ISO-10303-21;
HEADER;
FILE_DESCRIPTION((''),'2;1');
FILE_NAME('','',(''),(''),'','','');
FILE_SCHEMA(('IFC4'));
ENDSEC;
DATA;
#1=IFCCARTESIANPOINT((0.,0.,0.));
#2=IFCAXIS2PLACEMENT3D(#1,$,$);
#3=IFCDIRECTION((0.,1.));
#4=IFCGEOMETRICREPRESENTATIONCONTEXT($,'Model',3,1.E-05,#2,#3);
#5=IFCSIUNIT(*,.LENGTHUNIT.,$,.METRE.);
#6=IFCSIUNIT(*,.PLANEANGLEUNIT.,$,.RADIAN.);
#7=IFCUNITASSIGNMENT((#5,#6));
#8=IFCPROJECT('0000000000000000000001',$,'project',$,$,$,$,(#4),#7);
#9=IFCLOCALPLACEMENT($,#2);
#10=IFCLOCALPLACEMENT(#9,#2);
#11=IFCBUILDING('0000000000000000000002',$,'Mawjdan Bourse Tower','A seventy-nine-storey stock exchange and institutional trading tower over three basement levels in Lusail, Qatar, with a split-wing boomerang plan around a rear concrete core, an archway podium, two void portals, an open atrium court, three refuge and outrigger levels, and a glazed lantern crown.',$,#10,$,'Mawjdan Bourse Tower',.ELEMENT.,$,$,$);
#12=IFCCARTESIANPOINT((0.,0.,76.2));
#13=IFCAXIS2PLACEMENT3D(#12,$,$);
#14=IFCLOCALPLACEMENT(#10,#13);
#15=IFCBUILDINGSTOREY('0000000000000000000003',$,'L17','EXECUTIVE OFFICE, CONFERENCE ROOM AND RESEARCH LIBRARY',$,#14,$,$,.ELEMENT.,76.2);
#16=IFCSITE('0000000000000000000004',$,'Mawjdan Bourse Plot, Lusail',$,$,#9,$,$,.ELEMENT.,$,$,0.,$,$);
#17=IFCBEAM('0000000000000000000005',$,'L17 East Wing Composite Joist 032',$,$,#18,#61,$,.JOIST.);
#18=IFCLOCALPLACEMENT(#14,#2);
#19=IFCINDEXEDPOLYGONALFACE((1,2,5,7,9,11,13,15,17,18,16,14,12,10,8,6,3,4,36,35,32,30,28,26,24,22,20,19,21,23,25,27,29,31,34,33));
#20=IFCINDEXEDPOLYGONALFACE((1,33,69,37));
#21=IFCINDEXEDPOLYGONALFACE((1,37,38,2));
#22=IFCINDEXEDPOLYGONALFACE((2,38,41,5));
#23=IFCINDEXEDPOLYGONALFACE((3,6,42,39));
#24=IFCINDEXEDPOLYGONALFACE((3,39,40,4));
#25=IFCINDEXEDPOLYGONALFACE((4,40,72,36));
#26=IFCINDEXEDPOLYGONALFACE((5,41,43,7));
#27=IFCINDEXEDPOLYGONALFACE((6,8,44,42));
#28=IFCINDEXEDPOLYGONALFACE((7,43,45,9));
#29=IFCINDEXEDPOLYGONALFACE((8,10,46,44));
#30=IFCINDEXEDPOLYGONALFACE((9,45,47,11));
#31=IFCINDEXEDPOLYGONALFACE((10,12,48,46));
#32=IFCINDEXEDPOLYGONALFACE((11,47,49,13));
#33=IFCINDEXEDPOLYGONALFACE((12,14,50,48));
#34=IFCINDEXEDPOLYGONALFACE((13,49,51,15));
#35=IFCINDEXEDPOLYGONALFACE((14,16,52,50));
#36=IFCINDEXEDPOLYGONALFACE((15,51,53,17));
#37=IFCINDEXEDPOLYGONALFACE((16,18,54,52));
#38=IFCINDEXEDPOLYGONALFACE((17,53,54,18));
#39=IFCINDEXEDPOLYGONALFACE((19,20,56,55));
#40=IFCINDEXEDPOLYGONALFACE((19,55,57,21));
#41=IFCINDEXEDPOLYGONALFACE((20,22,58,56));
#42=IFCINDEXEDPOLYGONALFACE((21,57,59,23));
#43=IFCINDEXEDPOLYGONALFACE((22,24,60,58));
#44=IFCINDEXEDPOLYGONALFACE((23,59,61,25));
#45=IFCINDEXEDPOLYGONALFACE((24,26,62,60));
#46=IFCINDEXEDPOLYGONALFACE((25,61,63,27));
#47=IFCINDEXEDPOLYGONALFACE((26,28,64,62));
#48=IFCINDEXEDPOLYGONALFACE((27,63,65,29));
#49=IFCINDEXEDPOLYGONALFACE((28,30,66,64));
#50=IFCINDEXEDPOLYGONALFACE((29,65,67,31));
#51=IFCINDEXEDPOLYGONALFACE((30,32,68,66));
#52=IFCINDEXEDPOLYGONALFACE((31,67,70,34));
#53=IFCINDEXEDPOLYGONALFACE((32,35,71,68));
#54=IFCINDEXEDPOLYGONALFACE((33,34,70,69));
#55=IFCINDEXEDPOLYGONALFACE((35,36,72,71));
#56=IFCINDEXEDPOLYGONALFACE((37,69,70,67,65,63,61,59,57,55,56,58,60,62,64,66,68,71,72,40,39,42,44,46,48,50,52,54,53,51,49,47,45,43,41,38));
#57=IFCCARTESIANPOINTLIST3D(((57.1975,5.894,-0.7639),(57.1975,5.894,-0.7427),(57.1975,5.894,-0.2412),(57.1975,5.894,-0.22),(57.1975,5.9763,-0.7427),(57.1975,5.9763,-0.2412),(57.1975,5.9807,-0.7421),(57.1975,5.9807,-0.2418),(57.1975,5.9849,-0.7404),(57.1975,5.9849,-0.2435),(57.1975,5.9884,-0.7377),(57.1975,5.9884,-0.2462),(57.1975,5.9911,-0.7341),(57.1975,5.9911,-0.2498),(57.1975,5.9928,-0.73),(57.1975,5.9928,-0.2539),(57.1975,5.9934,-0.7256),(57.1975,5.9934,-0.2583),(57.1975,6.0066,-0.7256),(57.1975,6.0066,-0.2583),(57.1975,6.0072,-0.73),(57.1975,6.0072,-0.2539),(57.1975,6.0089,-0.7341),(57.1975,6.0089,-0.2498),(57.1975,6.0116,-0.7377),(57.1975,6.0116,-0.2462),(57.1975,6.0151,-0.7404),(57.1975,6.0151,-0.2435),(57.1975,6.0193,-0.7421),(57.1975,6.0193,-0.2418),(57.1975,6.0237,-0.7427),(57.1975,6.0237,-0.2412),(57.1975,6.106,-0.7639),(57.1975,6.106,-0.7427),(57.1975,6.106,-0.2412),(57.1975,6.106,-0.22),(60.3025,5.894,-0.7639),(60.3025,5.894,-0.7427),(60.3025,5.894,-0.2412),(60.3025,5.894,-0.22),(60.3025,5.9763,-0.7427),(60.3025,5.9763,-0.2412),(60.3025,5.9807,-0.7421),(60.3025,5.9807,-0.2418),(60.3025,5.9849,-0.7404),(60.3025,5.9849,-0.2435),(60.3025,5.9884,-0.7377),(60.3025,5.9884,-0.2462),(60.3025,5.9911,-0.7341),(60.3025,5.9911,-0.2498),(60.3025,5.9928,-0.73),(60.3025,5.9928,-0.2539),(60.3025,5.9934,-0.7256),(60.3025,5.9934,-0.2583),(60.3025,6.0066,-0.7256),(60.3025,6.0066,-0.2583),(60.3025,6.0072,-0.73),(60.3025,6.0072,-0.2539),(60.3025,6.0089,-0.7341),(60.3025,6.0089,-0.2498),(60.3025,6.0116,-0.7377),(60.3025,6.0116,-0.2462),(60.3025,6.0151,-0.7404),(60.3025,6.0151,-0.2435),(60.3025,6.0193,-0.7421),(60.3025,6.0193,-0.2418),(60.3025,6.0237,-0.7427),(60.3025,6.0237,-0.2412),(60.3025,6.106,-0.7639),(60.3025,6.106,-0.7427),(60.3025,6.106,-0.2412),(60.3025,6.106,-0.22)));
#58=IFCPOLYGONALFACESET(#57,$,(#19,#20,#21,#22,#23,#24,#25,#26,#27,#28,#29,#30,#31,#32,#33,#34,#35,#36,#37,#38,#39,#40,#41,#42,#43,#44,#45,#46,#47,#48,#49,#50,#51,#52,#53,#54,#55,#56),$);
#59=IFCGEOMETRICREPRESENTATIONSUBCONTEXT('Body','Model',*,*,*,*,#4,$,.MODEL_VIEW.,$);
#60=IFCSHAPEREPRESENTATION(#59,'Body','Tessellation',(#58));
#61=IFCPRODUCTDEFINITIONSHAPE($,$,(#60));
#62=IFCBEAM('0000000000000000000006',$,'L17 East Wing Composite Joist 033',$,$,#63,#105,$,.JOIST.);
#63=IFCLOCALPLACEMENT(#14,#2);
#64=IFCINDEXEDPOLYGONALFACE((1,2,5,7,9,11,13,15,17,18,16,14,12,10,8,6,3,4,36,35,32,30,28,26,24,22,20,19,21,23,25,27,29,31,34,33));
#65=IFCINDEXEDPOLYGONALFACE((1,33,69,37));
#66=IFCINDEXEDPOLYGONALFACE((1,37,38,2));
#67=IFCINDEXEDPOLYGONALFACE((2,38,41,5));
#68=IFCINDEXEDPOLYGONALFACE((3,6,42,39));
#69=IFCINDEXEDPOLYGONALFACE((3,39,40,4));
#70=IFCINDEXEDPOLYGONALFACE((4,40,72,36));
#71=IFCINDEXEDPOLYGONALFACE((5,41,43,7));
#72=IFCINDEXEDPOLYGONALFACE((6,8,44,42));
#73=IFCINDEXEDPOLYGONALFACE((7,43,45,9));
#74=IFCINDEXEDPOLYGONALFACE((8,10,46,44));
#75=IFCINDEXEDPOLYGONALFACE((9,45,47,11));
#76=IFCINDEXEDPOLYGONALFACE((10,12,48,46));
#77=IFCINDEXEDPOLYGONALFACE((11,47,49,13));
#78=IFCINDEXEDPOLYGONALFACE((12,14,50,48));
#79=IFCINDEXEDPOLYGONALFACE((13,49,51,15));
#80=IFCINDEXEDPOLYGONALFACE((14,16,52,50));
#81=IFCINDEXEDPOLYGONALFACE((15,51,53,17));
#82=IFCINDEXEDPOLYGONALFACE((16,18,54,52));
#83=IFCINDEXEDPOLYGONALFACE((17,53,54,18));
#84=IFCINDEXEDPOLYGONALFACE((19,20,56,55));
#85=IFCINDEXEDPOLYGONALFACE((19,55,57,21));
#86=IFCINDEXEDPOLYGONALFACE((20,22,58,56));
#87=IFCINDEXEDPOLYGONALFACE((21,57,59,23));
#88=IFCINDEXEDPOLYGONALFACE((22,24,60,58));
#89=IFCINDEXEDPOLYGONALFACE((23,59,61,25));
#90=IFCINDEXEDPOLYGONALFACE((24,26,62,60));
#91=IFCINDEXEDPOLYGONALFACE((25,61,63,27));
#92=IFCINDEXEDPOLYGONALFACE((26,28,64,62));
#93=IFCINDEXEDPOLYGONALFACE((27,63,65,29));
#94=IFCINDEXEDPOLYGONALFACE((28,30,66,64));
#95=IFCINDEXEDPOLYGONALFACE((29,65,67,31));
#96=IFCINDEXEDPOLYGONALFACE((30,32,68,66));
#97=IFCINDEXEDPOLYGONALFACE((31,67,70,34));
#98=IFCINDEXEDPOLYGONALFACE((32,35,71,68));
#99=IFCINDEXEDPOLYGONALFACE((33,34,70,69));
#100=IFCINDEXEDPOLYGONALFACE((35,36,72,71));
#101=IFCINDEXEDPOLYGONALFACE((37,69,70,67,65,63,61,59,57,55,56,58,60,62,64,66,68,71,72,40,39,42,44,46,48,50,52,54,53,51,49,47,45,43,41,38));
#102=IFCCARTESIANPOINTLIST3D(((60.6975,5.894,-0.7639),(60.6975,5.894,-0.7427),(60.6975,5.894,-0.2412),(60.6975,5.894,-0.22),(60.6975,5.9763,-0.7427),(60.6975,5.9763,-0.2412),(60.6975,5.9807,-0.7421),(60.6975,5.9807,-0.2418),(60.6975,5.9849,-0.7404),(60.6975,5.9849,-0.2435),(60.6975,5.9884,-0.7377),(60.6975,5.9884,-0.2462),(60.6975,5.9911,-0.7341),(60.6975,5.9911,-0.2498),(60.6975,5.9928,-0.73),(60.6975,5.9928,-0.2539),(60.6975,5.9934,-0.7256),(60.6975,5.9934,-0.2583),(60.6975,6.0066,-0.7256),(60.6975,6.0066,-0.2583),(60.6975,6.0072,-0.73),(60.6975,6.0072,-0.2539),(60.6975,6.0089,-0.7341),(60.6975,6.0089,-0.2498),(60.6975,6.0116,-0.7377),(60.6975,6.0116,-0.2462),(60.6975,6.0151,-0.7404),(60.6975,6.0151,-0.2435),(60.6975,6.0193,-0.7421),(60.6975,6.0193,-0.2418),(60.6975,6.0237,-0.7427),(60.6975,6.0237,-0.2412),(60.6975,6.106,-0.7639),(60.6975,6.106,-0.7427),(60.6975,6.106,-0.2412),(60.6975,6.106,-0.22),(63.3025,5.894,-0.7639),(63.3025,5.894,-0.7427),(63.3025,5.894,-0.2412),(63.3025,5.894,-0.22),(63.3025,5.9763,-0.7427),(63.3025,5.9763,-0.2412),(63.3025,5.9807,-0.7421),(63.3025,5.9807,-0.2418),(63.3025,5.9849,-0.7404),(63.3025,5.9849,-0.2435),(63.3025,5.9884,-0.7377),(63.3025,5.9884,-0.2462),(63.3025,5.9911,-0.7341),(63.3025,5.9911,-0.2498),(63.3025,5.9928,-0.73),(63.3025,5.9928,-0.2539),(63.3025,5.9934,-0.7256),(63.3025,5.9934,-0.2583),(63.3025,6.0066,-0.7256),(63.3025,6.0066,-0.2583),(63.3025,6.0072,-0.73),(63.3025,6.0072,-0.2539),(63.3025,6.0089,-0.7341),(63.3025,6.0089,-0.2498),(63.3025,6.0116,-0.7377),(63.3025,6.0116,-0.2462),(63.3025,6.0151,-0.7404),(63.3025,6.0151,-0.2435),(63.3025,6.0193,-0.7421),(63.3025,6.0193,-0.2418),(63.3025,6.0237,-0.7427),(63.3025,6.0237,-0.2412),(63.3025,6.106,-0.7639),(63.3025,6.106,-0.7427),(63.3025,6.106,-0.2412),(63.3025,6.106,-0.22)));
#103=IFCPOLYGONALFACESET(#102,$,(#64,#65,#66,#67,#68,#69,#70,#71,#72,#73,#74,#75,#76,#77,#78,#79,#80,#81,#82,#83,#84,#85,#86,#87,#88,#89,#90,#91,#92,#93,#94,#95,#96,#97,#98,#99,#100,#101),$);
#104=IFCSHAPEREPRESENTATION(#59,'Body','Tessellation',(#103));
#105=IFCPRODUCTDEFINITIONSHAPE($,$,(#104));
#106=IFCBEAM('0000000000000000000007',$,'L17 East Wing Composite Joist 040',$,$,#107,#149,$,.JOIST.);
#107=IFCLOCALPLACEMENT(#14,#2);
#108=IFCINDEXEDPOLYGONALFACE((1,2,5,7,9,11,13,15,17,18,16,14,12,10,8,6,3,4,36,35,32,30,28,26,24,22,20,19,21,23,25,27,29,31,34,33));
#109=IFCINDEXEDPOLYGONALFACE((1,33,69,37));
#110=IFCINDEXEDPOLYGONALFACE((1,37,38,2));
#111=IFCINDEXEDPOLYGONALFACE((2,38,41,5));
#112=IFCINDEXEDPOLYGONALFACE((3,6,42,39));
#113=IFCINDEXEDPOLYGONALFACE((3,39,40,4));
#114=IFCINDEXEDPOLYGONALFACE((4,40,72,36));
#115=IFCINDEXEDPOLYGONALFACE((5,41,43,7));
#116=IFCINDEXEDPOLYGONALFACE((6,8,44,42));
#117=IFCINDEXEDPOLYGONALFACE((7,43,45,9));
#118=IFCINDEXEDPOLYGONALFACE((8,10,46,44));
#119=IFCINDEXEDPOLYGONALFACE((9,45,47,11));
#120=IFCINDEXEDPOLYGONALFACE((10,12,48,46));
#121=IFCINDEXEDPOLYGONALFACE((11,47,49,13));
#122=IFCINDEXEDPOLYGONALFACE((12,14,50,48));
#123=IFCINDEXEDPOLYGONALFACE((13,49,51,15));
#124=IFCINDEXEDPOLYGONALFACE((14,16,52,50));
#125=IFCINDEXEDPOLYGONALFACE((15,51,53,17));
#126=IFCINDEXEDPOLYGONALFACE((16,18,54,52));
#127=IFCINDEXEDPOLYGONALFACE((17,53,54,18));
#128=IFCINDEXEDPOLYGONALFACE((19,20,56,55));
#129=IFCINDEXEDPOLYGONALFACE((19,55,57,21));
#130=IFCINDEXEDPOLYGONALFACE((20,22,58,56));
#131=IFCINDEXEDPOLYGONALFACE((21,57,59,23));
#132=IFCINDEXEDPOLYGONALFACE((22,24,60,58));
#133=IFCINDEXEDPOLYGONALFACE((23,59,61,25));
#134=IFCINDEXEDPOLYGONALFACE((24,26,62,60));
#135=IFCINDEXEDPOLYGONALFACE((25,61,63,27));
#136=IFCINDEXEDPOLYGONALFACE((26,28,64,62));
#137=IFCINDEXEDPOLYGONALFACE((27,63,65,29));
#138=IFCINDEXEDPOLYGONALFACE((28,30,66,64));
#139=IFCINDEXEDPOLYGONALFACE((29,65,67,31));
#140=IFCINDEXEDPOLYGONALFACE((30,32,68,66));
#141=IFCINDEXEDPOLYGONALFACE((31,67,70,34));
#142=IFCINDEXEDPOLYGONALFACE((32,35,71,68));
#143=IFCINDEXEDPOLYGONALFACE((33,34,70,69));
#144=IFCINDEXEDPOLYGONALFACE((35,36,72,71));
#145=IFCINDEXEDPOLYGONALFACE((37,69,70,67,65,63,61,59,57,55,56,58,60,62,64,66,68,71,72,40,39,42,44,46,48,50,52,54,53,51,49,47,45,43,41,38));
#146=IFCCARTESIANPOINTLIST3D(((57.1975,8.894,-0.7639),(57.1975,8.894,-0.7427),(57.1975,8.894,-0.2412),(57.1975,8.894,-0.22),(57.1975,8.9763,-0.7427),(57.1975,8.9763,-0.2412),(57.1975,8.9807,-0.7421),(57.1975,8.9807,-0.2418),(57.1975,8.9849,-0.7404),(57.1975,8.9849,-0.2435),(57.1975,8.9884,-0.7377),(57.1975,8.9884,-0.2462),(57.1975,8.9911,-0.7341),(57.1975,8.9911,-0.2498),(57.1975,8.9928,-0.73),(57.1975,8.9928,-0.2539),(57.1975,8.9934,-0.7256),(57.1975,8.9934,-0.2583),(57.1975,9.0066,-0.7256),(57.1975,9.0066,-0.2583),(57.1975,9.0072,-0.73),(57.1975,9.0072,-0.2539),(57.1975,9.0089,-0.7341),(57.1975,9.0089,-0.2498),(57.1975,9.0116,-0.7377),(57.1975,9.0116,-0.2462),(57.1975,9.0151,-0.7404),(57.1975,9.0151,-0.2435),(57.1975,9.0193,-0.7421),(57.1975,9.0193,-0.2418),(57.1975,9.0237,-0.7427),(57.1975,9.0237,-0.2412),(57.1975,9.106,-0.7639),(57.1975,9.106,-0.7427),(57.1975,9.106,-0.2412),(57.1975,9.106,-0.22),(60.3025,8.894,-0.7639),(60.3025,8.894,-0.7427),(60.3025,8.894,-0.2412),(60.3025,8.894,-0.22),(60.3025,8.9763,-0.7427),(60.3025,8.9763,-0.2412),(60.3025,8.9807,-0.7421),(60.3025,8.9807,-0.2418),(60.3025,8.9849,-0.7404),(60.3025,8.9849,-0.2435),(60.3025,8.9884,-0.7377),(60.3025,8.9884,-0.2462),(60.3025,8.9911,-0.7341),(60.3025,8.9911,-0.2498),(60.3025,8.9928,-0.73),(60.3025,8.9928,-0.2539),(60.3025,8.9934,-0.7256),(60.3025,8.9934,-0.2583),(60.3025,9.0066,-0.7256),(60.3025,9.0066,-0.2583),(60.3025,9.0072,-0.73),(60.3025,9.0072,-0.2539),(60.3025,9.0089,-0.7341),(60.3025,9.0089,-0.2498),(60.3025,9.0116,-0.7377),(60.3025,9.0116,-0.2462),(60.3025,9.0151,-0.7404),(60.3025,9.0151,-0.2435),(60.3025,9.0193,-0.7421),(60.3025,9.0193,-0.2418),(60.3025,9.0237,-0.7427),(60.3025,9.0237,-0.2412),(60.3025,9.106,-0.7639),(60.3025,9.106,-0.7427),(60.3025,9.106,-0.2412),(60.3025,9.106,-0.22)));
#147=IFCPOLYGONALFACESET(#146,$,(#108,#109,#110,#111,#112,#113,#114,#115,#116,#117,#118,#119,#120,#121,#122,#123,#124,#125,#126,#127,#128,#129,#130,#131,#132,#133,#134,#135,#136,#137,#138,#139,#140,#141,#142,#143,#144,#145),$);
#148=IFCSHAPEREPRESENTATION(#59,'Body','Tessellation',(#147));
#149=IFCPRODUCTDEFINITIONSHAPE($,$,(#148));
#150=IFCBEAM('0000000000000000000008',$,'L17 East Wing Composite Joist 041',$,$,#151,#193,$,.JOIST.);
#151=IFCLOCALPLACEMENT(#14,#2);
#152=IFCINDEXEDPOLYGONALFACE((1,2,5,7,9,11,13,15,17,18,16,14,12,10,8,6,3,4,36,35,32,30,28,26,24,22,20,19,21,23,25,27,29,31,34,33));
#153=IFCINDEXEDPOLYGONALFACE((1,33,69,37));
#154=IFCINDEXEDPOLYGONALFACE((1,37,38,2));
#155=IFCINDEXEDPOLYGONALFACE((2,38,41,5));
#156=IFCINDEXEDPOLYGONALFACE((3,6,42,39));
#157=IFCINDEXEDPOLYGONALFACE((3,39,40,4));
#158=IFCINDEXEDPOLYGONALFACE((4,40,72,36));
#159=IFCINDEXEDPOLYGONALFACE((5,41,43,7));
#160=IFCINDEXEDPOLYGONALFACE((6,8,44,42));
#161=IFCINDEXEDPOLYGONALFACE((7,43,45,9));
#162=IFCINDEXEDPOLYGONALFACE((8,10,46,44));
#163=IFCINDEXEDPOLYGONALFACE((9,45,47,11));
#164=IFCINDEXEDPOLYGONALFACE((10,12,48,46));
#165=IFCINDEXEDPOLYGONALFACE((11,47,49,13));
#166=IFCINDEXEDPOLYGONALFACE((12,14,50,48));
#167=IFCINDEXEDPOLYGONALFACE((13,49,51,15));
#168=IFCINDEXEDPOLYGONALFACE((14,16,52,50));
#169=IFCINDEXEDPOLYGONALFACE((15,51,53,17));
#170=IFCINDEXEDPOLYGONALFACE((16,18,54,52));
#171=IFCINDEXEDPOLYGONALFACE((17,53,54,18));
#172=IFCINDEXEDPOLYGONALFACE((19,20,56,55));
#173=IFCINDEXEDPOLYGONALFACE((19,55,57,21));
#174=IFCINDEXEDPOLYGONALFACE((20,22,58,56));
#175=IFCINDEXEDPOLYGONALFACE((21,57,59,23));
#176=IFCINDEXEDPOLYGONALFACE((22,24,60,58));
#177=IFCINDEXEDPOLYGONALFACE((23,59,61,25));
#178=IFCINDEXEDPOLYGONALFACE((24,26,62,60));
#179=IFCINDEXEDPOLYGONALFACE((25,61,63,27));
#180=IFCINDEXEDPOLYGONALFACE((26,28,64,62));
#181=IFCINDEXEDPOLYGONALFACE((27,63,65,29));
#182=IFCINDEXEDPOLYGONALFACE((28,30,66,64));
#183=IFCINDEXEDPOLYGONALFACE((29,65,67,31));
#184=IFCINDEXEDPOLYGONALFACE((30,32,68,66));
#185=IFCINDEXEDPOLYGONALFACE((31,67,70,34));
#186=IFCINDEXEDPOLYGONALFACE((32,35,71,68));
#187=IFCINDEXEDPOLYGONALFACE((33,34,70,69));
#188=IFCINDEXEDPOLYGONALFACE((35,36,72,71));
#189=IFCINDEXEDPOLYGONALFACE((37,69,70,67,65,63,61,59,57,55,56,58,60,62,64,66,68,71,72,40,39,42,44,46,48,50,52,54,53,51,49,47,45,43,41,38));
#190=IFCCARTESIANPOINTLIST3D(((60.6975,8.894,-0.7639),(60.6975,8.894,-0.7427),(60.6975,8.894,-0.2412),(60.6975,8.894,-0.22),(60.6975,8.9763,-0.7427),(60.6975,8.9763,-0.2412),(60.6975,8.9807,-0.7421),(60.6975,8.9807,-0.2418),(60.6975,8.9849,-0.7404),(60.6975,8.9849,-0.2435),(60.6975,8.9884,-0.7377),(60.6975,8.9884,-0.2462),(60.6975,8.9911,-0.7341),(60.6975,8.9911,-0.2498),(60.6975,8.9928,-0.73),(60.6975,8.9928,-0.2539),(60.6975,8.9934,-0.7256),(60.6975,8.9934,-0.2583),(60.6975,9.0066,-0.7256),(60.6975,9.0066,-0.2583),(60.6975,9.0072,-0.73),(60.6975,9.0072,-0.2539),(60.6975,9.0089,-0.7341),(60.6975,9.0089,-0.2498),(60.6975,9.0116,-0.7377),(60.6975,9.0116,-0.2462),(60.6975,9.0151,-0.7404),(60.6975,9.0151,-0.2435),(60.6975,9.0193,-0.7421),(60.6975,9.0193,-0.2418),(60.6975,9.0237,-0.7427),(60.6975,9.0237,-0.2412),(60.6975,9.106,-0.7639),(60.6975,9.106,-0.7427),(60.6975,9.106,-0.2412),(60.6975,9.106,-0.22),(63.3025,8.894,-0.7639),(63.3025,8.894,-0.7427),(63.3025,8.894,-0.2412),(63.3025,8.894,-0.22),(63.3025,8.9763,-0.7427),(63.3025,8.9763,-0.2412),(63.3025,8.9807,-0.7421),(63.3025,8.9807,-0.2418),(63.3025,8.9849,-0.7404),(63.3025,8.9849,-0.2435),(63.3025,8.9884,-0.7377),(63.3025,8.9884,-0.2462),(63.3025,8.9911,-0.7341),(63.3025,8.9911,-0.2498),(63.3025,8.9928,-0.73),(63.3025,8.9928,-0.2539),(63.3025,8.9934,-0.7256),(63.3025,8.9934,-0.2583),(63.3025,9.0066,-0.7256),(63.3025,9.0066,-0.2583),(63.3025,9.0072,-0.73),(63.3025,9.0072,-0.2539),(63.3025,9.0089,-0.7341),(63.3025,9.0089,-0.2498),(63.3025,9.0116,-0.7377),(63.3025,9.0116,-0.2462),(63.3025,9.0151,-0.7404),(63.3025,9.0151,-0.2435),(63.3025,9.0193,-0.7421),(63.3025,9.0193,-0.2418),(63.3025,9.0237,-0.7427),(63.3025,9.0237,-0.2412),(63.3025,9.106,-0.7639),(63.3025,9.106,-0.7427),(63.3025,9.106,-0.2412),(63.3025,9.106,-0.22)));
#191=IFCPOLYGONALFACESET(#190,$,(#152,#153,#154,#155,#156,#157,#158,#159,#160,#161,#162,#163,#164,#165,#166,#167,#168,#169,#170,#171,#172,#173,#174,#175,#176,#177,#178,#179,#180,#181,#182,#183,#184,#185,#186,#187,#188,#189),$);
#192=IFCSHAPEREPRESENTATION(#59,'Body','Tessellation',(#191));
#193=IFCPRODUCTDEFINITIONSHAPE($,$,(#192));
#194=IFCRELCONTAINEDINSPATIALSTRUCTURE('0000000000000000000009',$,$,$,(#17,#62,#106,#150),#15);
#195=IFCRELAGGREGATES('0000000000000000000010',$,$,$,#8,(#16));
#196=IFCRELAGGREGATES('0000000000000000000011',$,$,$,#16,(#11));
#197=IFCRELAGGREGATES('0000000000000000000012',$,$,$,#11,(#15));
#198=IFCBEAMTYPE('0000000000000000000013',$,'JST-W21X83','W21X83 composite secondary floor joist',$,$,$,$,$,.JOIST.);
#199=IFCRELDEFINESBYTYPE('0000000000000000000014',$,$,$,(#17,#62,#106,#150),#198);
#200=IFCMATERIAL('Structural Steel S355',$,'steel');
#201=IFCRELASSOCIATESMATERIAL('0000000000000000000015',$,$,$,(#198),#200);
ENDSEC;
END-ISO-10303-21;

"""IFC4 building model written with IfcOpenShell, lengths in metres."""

from ifc_helpers import new_model, si_unit, direction, frame, origin, origin_2d, place, context, subcontext, project, spatial, i_section, extrude, material, material_profile, profile_set, type_object, element, save


model = new_model("IFC4")

# Units and contexts
model_context = context("Model", 3, precision=1e-05, world=origin(), true_north=direction((0.0, 1.0)))
body_context = subcontext(model_context, "Body", "Model", "MODEL_VIEW")
ifc_project = project(units=[si_unit("LENGTHUNIT", "METRE"), si_unit("PLANEANGLEUNIT", "RADIAN")], contexts=[model_context])

# Site, building, storey
site_placement = place(None, origin())
site = spatial("IfcSite", under=ifc_project, at=site_placement, Name="Mawjdan Bourse Plot, Lusail", CompositionType="ELEMENT", RefElevation=0.0)
building_placement = place(site_placement, origin())
building = spatial("IfcBuilding", under=site, at=building_placement, Name="Mawjdan Bourse Tower", Description="A seventy-nine-storey stock exchange and institutional trading tower over three basement levels in Lusail, Qatar, with a split-wing boomerang plan around a rear concrete core, an archway podium, two void portals, an open atrium court, three refuge and outrigger levels, and a glazed lantern crown.", LongName="Mawjdan Bourse Tower", CompositionType="ELEMENT")
storey_placement = place(building_placement, frame((0.0, 0.0, 76.2)))
storey = spatial("IfcBuildingStorey", under=building, at=storey_placement, Name="L17", Description="EXECUTIVE OFFICE, CONFERENCE ROOM AND RESEARCH LIBRARY", CompositionType="ELEMENT", Elevation=76.2)

# Beams
ifc_material_1 = material(Name="Structural Steel S355", Category="steel")
ifc_material_profile_1 = material_profile(ifc_material_1, i_section(OverallWidth=0.2119, OverallDepth=0.5439, WebThickness=0.0132, FlangeThickness=0.0212, FilletRadius=0.0171, at=origin_2d()), Name="W21X83")
ifc_profile_set_1 = profile_set([ifc_material_profile_1], Name="Structural Steel S355")
beam_type_1 = type_object("IfcBeamType", Name="JST-W21X83", Description="W21X83 composite secondary floor joist", PredefinedType="JOIST", material=ifc_profile_set_1)
beam_1_placement = place(storey_placement, frame((57.1975, 6.0, -0.4919), z_axis=(1.0, 0.0, 0.0), x_axis=(0.0, 1.0, 0.0)))
element("IfcBeam", 1, at=beam_1_placement, inside=storey, type_object=beam_type_1, Name="L17 East Wing Composite Joist 032", PredefinedType="JOIST", context=body_context, shape_type="SweptSolid", body=[
    extrude(i_section(OverallWidth=0.2119, OverallDepth=0.5439, WebThickness=0.0132, FlangeThickness=0.0212, FilletRadius=0.0171, at=origin_2d()), origin(), (0.0, 0.0, 1.0), 3.105),
])
beam_2_placement = place(storey_placement, frame((60.6975, 6.0, -0.4919), z_axis=(1.0, 0.0, 0.0), x_axis=(0.0, 1.0, 0.0)))
element("IfcBeam", 2, at=beam_2_placement, inside=storey, type_object=beam_type_1, Name="L17 East Wing Composite Joist 033", PredefinedType="JOIST", context=body_context, shape_type="SweptSolid", body=[
    extrude(i_section(OverallWidth=0.2119, OverallDepth=0.5439, WebThickness=0.0132, FlangeThickness=0.0212, FilletRadius=0.0171, at=origin_2d()), origin(), (0.0, 0.0, 1.0), 2.605),
])
beam_3_placement = place(storey_placement, frame((57.1975, 9.0, -0.4919), z_axis=(1.0, 0.0, 0.0), x_axis=(0.0, 1.0, 0.0)))
element("IfcBeam", 3, at=beam_3_placement, inside=storey, type_object=beam_type_1, Name="L17 East Wing Composite Joist 040", PredefinedType="JOIST", context=body_context, shape_type="SweptSolid", body=[
    extrude(i_section(OverallWidth=0.2119, OverallDepth=0.5439, WebThickness=0.0132, FlangeThickness=0.0212, FilletRadius=0.0171, at=origin_2d()), origin(), (0.0, 0.0, 1.0), 3.105),
])
for number, where, z_axis, x_axis, name in (
    (4, (60.6975, 9.0, -0.4919), (1.0, 0.0, 0.0), (0.0, 1.0, 0.0), "L17 East Wing Composite Joist 041"),
):
    element("IfcBeam", number, at=place(storey_placement, frame(where, z_axis=z_axis, x_axis=x_axis)), inside=storey, type_object=beam_type_1, Name=name, PredefinedType="JOIST", context=body_context, shape_type="SweptSolid", body=[
        extrude(i_section(OverallWidth=0.2119, OverallDepth=0.5439, WebThickness=0.0132, FlangeThickness=0.0212, FilletRadius=0.0171, at=origin_2d()), origin(), (0.0, 0.0, 1.0), 2.605),
    ])

save(model, "model.ifc")
